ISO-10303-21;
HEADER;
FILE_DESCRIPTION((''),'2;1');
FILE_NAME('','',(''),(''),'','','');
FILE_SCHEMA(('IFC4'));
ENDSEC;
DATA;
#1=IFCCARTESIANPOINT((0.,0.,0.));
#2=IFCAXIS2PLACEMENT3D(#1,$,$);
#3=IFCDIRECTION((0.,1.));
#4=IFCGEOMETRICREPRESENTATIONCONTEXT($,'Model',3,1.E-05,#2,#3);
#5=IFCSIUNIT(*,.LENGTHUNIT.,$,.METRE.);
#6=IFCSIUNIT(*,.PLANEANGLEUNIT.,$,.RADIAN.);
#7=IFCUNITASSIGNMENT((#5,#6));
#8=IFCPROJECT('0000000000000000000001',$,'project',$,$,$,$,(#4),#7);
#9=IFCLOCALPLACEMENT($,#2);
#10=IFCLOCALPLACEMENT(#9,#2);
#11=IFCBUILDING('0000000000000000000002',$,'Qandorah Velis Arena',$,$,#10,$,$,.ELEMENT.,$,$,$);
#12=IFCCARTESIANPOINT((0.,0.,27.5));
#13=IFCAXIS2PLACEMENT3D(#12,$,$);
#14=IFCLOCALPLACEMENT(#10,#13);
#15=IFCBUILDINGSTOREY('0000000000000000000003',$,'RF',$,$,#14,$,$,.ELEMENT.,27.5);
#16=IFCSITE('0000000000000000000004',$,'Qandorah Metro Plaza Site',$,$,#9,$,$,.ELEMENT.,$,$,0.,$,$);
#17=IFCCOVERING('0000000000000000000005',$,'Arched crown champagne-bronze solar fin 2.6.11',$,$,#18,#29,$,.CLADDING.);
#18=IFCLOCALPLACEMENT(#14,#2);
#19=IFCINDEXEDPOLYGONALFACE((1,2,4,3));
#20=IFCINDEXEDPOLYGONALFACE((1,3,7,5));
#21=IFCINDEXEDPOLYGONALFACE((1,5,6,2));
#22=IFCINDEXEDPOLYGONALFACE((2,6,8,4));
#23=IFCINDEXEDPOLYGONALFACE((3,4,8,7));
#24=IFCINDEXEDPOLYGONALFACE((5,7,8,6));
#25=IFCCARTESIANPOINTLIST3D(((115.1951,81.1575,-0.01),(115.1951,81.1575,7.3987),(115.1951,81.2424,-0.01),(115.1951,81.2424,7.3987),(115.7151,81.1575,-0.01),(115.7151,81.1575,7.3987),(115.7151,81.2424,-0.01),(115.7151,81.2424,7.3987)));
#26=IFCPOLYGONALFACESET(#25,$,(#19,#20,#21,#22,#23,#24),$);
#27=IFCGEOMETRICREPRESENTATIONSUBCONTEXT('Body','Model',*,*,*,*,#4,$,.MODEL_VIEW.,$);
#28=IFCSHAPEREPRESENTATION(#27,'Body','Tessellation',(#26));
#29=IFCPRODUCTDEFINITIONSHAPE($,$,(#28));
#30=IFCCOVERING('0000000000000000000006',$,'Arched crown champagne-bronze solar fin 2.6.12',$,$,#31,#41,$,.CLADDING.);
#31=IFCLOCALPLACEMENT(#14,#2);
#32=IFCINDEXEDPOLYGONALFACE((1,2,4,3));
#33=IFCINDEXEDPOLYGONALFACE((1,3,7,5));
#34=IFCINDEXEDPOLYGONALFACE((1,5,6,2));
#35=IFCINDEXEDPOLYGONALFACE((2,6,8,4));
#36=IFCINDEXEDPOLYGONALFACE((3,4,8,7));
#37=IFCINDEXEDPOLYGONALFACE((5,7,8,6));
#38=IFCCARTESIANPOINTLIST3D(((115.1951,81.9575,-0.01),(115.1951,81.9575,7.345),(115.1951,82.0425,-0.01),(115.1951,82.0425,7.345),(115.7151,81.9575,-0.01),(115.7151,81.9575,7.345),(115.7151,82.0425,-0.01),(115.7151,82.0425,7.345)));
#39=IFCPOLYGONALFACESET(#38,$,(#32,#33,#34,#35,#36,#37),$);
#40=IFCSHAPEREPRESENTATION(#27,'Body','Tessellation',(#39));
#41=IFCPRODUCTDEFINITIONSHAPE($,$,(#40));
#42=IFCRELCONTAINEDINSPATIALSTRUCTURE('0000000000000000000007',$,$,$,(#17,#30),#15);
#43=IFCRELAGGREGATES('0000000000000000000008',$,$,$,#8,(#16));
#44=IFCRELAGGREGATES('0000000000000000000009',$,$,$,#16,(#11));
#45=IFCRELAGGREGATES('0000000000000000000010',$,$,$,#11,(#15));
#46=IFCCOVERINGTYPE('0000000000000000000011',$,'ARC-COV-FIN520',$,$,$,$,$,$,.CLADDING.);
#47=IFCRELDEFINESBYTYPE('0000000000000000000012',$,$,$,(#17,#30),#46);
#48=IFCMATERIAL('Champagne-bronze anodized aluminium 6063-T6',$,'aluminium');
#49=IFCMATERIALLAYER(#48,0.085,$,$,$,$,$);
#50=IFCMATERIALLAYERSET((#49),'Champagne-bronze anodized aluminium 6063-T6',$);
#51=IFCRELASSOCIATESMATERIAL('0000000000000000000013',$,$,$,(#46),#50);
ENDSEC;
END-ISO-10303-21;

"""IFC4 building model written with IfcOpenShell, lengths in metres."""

from ifc_helpers import new_model, si_unit, direction, frame, origin, origin_2d, place, context, subcontext, project, spatial, rectangle, extrude, material, layer, layer_set, type_object, element, save


model = new_model("IFC4")

# Units and contexts
model_context = context("Model", 3, precision=1e-05, world=origin(), true_north=direction((0.0, 1.0)))
body_context = subcontext(model_context, "Body", "Model", "MODEL_VIEW")
ifc_project = project(units=[si_unit("LENGTHUNIT", "METRE"), si_unit("PLANEANGLEUNIT", "RADIAN")], contexts=[model_context])

# Site, building, storey
site_placement = place(None, origin())
site = spatial("IfcSite", under=ifc_project, at=site_placement, Name="Qandorah Metro Plaza Site", CompositionType="ELEMENT", RefElevation=0.0)
building_placement = place(site_placement, origin())
building = spatial("IfcBuilding", under=site, at=building_placement, Name="Qandorah Velis Arena", CompositionType="ELEMENT")
storey_placement = place(building_placement, frame((0.0, 0.0, 27.5)))
storey = spatial("IfcBuildingStorey", under=building, at=storey_placement, Name="RF", CompositionType="ELEMENT", Elevation=27.5)

# Shared definitions
ifc_material_1 = material(Name="Champagne-bronze anodized aluminium 6063-T6", Category="aluminium")

# Coverings
ifc_layer_1 = layer(ifc_material_1, 0.085)
ifc_layer_set_1 = layer_set([ifc_layer_1], Name="Champagne-bronze anodized aluminium 6063-T6")
covering_type = type_object("IfcCoveringType", Name="ARC-COV-FIN520", PredefinedType="CLADDING", material=ifc_layer_set_1)
covering_1_placement = place(storey_placement, frame((115.4551, 81.2, -0.01), z_axis=(0.0, 0.0, 1.0), x_axis=(1.0, 0.0, 0.0)))
element("IfcCovering", 1, at=covering_1_placement, inside=storey, type_object=covering_type, Name="Arched crown champagne-bronze solar fin 2.6.11", PredefinedType="CLADDING", context=body_context, shape_type="SweptSolid", body=[
    extrude(rectangle(XDim=0.52, YDim=0.085, at=origin_2d()), origin(), (0.0, 0.0, 1.0), 7.4087),
])
covering_2_placement = place(storey_placement, frame((115.4551, 82.0, -0.01), z_axis=(0.0, 0.0, 1.0), x_axis=(1.0, 0.0, 0.0)))
element("IfcCovering", 2, at=covering_2_placement, inside=storey, type_object=covering_type, Name="Arched crown champagne-bronze solar fin 2.6.12", PredefinedType="CLADDING", context=body_context, shape_type="SweptSolid", body=[
    extrude(rectangle(XDim=0.52, YDim=0.085, at=origin_2d()), origin(), (0.0, 0.0, 1.0), 7.355),
])

save(model, "model.ifc")
